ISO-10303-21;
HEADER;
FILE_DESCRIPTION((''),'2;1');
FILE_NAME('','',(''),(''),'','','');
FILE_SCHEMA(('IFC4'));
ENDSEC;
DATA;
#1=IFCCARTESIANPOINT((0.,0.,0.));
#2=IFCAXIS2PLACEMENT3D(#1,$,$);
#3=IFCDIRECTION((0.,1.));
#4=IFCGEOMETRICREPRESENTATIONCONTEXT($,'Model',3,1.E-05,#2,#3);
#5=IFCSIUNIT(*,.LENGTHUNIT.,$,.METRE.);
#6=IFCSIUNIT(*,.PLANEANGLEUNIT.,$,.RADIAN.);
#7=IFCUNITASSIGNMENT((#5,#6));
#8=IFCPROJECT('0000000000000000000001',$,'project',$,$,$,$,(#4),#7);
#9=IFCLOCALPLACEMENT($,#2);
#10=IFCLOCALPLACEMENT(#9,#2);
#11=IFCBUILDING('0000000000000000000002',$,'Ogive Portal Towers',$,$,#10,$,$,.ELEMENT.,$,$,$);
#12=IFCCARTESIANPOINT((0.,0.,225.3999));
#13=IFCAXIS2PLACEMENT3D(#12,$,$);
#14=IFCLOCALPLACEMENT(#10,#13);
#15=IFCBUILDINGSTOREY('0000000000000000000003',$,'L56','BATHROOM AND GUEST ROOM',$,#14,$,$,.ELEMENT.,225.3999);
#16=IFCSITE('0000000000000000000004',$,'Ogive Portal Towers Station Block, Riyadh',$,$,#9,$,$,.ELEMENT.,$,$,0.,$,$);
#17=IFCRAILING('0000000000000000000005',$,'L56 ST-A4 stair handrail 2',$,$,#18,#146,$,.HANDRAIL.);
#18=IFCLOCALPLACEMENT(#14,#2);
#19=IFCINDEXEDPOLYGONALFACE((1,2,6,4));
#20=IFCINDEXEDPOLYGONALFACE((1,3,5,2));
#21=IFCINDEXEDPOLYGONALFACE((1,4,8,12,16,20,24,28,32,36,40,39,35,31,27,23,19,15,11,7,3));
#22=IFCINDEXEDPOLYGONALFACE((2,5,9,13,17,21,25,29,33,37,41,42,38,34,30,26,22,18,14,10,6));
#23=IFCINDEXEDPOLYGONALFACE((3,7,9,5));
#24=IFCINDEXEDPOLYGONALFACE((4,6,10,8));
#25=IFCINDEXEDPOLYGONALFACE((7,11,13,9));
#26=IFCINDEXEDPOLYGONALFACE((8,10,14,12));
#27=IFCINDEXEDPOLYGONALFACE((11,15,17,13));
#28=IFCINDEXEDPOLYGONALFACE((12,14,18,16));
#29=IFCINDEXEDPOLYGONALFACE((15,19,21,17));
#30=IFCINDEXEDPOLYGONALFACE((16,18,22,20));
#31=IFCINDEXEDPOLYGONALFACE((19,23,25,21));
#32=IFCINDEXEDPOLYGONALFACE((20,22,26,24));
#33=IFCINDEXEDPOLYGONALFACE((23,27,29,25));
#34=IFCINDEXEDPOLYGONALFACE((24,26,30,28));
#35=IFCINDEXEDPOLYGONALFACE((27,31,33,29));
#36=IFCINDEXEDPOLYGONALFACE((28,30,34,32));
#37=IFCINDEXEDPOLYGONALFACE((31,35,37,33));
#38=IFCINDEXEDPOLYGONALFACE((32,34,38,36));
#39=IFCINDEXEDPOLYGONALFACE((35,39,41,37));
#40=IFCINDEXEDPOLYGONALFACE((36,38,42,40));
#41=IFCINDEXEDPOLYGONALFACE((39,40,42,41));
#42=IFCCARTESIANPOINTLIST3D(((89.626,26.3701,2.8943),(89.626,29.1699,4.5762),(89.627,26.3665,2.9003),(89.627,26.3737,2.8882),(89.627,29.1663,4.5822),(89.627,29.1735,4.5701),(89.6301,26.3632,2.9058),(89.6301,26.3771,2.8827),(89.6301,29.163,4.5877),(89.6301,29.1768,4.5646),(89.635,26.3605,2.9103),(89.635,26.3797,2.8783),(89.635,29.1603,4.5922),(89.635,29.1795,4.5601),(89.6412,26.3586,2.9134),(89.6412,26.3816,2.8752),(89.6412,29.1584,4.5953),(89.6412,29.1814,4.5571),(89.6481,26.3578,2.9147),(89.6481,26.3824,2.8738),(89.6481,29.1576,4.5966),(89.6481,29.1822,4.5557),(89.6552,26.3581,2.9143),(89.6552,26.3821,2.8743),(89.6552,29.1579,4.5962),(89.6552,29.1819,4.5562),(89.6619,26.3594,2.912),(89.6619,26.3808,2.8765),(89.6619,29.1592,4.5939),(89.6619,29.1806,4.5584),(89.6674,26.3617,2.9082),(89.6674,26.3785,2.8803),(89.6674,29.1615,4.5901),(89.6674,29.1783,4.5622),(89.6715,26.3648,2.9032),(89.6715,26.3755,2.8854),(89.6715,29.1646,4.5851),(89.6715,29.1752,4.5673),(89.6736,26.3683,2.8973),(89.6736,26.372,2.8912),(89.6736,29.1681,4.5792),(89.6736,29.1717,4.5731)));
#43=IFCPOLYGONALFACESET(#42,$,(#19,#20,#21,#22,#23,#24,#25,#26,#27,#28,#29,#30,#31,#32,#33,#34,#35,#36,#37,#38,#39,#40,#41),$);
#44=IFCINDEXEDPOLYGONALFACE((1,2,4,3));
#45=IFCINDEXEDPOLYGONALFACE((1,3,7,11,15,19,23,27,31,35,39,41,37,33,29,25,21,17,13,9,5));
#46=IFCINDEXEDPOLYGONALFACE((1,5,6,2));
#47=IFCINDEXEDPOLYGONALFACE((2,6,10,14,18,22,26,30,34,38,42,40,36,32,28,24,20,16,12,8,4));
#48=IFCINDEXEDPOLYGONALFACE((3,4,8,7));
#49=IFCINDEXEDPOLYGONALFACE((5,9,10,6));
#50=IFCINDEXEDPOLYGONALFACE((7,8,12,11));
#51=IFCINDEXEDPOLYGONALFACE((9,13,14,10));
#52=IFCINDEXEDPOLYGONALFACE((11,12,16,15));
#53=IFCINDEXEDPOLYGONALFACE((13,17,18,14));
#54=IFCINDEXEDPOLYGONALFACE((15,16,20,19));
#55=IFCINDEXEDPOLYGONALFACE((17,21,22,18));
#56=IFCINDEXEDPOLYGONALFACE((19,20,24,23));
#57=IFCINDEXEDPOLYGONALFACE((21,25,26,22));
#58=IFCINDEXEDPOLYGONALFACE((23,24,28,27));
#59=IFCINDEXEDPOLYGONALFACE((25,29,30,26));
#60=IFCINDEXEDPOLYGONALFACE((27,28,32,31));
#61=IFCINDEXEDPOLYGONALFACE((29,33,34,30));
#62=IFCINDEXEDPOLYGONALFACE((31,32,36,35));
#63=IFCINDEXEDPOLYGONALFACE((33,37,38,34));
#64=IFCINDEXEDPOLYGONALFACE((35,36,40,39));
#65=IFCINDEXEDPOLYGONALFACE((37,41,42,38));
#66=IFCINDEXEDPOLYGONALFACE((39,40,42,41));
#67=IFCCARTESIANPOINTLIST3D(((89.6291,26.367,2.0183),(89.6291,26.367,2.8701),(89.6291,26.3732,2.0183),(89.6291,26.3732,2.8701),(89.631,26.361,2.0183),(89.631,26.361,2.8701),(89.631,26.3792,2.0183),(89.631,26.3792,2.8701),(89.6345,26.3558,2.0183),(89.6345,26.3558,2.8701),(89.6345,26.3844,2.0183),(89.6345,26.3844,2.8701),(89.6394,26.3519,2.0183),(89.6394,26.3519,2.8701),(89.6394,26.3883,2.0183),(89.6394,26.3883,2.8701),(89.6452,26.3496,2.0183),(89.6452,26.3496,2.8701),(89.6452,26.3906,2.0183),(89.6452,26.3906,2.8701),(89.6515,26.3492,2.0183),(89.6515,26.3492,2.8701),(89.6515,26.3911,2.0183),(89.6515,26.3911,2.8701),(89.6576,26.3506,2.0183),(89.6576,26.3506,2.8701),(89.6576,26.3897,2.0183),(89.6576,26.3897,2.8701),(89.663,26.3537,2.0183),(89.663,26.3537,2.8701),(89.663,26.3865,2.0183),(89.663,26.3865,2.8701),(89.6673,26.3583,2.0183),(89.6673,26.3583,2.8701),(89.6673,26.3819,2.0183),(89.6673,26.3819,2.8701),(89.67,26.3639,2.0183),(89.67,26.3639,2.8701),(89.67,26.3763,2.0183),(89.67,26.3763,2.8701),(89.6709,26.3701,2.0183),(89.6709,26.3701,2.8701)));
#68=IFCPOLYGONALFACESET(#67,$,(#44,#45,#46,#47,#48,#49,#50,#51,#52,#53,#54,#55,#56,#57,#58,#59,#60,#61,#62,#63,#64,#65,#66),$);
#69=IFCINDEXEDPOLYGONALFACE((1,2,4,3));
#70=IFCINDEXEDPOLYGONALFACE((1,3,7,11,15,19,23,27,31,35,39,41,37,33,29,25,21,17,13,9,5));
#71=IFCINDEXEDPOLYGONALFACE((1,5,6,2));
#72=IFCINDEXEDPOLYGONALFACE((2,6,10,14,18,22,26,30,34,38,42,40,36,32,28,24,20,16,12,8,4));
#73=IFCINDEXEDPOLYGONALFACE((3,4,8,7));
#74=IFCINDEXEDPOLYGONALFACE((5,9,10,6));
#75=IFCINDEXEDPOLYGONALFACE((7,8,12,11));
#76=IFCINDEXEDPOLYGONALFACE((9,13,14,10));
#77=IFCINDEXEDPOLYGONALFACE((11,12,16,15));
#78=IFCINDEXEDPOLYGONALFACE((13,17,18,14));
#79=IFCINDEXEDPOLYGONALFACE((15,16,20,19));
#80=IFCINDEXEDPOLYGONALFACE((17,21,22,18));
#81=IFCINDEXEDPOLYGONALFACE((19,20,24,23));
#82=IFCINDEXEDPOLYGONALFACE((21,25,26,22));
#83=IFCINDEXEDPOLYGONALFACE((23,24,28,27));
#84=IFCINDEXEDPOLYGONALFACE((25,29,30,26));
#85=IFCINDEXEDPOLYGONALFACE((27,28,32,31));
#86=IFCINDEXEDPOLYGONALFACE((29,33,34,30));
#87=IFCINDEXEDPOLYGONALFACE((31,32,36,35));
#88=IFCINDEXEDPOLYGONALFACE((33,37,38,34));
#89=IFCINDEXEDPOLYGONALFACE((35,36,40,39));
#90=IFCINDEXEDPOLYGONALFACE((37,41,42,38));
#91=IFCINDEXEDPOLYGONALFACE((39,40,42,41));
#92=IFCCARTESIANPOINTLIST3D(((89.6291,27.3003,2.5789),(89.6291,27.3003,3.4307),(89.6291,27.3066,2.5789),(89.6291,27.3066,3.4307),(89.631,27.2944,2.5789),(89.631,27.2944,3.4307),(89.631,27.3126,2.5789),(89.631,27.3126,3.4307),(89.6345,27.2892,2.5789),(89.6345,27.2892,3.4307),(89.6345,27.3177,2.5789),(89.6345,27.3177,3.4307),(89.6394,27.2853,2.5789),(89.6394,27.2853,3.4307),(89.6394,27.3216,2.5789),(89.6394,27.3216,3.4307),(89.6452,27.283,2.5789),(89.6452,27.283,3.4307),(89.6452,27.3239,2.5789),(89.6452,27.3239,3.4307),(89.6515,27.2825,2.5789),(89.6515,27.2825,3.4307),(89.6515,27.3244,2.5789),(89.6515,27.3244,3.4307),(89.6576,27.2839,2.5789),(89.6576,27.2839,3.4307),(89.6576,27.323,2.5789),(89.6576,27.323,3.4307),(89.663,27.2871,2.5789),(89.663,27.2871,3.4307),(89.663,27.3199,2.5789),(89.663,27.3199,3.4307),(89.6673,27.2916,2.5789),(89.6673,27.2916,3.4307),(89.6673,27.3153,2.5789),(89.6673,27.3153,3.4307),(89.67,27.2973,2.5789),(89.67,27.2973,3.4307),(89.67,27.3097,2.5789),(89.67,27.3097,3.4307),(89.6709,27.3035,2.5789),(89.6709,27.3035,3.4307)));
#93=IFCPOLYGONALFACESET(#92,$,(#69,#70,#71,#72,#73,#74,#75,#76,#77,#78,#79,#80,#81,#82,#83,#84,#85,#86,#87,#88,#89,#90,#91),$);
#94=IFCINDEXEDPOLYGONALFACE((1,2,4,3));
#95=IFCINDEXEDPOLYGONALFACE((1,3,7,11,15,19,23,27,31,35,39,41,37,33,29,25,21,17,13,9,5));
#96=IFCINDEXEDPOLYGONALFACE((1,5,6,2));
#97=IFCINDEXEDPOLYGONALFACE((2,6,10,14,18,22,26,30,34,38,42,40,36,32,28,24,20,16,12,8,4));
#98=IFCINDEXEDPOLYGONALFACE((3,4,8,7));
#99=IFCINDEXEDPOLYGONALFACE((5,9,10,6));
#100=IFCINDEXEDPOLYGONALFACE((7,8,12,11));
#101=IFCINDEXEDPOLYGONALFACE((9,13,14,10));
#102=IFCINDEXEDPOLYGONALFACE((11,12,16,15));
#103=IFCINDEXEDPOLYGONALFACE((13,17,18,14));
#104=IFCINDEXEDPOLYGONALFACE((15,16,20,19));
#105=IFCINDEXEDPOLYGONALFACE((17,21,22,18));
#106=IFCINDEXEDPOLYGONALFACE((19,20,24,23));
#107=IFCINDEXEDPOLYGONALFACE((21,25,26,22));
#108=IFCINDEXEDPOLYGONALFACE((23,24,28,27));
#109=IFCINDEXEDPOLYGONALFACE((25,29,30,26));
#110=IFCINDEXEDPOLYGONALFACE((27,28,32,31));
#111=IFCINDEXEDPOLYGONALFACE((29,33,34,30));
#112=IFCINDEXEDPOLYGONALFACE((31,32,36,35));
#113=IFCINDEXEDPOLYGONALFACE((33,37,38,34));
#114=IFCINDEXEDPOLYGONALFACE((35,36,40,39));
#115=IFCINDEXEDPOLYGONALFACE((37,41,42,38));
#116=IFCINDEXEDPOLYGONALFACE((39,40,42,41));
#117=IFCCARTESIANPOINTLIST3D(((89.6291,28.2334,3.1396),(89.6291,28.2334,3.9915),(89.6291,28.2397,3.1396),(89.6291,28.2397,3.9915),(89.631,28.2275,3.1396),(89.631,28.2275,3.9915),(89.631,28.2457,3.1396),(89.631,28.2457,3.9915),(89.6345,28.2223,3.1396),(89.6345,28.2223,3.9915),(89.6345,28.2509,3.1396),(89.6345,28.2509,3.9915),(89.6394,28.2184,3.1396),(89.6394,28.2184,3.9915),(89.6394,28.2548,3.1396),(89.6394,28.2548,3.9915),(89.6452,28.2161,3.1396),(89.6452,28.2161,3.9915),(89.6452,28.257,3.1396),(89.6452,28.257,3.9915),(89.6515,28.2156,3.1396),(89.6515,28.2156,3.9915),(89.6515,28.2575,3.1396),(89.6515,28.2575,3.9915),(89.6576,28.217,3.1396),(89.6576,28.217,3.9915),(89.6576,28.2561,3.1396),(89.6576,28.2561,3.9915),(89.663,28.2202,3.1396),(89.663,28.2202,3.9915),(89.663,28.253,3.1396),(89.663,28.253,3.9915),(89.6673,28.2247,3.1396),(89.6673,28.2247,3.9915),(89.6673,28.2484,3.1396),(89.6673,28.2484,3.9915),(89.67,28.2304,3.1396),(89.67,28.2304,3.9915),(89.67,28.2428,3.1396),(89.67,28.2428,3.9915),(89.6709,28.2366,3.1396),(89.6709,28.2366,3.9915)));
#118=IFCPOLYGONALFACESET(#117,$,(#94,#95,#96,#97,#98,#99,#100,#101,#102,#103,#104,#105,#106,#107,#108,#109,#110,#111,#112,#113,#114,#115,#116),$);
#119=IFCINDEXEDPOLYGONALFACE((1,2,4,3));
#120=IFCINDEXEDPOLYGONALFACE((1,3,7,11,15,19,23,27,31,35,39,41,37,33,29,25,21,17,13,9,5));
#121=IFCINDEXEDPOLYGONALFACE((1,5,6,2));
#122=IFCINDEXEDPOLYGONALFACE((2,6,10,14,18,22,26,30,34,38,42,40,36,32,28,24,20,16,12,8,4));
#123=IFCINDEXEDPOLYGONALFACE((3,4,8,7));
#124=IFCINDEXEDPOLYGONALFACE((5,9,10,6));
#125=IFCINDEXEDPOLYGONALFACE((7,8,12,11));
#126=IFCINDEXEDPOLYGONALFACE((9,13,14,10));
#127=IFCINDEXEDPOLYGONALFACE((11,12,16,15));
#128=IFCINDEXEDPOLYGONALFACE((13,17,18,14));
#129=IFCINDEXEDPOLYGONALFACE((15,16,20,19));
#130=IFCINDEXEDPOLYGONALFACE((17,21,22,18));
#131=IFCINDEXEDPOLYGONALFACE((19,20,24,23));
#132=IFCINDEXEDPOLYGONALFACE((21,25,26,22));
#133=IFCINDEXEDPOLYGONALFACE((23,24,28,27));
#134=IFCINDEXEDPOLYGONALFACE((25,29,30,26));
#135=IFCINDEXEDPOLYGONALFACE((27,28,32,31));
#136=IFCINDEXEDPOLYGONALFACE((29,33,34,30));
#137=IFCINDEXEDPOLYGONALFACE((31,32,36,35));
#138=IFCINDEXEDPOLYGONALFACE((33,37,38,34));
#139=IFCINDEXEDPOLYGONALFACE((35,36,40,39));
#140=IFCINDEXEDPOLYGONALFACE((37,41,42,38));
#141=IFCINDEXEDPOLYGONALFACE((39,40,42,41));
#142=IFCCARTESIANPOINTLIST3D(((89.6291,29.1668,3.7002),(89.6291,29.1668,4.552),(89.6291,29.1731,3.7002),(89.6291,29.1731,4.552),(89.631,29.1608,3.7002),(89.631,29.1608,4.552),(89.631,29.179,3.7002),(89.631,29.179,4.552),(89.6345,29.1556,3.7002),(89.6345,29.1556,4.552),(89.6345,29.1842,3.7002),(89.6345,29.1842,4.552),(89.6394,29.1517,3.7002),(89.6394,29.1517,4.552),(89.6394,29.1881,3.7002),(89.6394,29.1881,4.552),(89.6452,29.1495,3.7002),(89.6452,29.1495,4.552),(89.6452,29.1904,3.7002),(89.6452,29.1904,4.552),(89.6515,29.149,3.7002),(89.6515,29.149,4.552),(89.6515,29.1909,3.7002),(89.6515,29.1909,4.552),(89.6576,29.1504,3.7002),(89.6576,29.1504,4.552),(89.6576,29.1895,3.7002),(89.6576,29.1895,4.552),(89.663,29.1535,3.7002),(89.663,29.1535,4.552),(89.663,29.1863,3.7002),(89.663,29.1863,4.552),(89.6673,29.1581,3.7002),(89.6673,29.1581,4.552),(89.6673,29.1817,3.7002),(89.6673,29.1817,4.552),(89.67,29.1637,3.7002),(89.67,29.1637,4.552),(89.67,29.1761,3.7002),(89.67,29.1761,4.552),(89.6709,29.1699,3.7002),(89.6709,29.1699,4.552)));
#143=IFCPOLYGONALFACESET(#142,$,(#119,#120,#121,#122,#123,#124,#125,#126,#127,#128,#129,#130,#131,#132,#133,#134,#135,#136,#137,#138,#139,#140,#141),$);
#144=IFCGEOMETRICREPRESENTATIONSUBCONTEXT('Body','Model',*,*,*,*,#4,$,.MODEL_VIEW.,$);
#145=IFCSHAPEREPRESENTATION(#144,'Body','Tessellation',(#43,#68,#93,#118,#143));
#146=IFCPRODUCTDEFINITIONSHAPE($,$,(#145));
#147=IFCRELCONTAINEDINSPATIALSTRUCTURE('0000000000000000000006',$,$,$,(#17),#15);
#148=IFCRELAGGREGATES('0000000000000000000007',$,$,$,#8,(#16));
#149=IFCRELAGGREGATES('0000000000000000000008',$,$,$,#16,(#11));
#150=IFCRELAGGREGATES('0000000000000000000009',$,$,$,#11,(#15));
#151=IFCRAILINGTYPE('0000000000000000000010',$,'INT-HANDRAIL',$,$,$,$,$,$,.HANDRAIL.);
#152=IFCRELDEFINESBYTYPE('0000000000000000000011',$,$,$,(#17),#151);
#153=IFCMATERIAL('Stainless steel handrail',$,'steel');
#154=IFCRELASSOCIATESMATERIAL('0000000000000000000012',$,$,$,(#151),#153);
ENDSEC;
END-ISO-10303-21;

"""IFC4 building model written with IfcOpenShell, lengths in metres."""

from ifc_helpers import new_model, si_unit, direction, frame, origin, origin_2d, place, context, subcontext, project, spatial, circle, extrude, material, type_object, element, save


model = new_model("IFC4")

# Units and contexts
model_context = context("Model", 3, precision=1e-05, world=origin(), true_north=direction((0.0, 1.0)))
body_context = subcontext(model_context, "Body", "Model", "MODEL_VIEW")
ifc_project = project(units=[si_unit("LENGTHUNIT", "METRE"), si_unit("PLANEANGLEUNIT", "RADIAN")], contexts=[model_context])

# Site, building, storey
site_placement = place(None, origin())
site = spatial("IfcSite", under=ifc_project, at=site_placement, Name="Ogive Portal Towers Station Block, Riyadh", CompositionType="ELEMENT", RefElevation=0.0)
building_placement = place(site_placement, origin())
building = spatial("IfcBuilding", under=site, at=building_placement, Name="Ogive Portal Towers", CompositionType="ELEMENT")
storey_placement = place(building_placement, frame((0.0, 0.0, 225.3999)))
storey = spatial("IfcBuildingStorey", under=building, at=storey_placement, Name="L56", Description="BATHROOM AND GUEST ROOM", CompositionType="ELEMENT", Elevation=225.3999)

# Railing
ifc_material_1 = material(Name="Stainless steel handrail", Category="steel")
railing_type_1 = type_object("IfcRailingType", Name="INT-HANDRAIL", PredefinedType="HANDRAIL", material=ifc_material_1)
railing_1_placement = place(storey_placement, frame((89.6499, 26.3701, 2.0183)))
element("IfcRailing", 1, at=railing_1_placement, inside=storey, type_object=railing_type_1, Name="L56 ST-A4 stair handrail 2", PredefinedType="HANDRAIL", context=body_context, shape_type="SweptSolid", body=[
    extrude(circle(Radius=0.0239, at=origin_2d()), frame((0.0, 0.0, 0.876), z_axis=(0.0, 0.857222, 0.514946), x_axis=(-1.0, 0.0, 0.0)), (0.0, 0.0, 1.0), 3.2661),
    extrude(circle(Radius=0.021, at=origin_2d()), origin(), (0.0, 0.0, 1.0), 0.8518),
    extrude(circle(Radius=0.021, at=origin_2d()), frame((0.0, 0.9333, 0.5605)), (0.0, 0.0, 1.0), 0.8518),
    extrude(circle(Radius=0.021, at=origin_2d()), frame((0.0, 1.8665, 1.1213)), (0.0, 0.0, 1.0), 0.8518),
    extrude(circle(Radius=0.021, at=origin_2d()), frame((0.0, 2.7998, 1.6819)), (0.0, 0.0, 1.0), 0.8518),
])

save(model, "model.ifc")
